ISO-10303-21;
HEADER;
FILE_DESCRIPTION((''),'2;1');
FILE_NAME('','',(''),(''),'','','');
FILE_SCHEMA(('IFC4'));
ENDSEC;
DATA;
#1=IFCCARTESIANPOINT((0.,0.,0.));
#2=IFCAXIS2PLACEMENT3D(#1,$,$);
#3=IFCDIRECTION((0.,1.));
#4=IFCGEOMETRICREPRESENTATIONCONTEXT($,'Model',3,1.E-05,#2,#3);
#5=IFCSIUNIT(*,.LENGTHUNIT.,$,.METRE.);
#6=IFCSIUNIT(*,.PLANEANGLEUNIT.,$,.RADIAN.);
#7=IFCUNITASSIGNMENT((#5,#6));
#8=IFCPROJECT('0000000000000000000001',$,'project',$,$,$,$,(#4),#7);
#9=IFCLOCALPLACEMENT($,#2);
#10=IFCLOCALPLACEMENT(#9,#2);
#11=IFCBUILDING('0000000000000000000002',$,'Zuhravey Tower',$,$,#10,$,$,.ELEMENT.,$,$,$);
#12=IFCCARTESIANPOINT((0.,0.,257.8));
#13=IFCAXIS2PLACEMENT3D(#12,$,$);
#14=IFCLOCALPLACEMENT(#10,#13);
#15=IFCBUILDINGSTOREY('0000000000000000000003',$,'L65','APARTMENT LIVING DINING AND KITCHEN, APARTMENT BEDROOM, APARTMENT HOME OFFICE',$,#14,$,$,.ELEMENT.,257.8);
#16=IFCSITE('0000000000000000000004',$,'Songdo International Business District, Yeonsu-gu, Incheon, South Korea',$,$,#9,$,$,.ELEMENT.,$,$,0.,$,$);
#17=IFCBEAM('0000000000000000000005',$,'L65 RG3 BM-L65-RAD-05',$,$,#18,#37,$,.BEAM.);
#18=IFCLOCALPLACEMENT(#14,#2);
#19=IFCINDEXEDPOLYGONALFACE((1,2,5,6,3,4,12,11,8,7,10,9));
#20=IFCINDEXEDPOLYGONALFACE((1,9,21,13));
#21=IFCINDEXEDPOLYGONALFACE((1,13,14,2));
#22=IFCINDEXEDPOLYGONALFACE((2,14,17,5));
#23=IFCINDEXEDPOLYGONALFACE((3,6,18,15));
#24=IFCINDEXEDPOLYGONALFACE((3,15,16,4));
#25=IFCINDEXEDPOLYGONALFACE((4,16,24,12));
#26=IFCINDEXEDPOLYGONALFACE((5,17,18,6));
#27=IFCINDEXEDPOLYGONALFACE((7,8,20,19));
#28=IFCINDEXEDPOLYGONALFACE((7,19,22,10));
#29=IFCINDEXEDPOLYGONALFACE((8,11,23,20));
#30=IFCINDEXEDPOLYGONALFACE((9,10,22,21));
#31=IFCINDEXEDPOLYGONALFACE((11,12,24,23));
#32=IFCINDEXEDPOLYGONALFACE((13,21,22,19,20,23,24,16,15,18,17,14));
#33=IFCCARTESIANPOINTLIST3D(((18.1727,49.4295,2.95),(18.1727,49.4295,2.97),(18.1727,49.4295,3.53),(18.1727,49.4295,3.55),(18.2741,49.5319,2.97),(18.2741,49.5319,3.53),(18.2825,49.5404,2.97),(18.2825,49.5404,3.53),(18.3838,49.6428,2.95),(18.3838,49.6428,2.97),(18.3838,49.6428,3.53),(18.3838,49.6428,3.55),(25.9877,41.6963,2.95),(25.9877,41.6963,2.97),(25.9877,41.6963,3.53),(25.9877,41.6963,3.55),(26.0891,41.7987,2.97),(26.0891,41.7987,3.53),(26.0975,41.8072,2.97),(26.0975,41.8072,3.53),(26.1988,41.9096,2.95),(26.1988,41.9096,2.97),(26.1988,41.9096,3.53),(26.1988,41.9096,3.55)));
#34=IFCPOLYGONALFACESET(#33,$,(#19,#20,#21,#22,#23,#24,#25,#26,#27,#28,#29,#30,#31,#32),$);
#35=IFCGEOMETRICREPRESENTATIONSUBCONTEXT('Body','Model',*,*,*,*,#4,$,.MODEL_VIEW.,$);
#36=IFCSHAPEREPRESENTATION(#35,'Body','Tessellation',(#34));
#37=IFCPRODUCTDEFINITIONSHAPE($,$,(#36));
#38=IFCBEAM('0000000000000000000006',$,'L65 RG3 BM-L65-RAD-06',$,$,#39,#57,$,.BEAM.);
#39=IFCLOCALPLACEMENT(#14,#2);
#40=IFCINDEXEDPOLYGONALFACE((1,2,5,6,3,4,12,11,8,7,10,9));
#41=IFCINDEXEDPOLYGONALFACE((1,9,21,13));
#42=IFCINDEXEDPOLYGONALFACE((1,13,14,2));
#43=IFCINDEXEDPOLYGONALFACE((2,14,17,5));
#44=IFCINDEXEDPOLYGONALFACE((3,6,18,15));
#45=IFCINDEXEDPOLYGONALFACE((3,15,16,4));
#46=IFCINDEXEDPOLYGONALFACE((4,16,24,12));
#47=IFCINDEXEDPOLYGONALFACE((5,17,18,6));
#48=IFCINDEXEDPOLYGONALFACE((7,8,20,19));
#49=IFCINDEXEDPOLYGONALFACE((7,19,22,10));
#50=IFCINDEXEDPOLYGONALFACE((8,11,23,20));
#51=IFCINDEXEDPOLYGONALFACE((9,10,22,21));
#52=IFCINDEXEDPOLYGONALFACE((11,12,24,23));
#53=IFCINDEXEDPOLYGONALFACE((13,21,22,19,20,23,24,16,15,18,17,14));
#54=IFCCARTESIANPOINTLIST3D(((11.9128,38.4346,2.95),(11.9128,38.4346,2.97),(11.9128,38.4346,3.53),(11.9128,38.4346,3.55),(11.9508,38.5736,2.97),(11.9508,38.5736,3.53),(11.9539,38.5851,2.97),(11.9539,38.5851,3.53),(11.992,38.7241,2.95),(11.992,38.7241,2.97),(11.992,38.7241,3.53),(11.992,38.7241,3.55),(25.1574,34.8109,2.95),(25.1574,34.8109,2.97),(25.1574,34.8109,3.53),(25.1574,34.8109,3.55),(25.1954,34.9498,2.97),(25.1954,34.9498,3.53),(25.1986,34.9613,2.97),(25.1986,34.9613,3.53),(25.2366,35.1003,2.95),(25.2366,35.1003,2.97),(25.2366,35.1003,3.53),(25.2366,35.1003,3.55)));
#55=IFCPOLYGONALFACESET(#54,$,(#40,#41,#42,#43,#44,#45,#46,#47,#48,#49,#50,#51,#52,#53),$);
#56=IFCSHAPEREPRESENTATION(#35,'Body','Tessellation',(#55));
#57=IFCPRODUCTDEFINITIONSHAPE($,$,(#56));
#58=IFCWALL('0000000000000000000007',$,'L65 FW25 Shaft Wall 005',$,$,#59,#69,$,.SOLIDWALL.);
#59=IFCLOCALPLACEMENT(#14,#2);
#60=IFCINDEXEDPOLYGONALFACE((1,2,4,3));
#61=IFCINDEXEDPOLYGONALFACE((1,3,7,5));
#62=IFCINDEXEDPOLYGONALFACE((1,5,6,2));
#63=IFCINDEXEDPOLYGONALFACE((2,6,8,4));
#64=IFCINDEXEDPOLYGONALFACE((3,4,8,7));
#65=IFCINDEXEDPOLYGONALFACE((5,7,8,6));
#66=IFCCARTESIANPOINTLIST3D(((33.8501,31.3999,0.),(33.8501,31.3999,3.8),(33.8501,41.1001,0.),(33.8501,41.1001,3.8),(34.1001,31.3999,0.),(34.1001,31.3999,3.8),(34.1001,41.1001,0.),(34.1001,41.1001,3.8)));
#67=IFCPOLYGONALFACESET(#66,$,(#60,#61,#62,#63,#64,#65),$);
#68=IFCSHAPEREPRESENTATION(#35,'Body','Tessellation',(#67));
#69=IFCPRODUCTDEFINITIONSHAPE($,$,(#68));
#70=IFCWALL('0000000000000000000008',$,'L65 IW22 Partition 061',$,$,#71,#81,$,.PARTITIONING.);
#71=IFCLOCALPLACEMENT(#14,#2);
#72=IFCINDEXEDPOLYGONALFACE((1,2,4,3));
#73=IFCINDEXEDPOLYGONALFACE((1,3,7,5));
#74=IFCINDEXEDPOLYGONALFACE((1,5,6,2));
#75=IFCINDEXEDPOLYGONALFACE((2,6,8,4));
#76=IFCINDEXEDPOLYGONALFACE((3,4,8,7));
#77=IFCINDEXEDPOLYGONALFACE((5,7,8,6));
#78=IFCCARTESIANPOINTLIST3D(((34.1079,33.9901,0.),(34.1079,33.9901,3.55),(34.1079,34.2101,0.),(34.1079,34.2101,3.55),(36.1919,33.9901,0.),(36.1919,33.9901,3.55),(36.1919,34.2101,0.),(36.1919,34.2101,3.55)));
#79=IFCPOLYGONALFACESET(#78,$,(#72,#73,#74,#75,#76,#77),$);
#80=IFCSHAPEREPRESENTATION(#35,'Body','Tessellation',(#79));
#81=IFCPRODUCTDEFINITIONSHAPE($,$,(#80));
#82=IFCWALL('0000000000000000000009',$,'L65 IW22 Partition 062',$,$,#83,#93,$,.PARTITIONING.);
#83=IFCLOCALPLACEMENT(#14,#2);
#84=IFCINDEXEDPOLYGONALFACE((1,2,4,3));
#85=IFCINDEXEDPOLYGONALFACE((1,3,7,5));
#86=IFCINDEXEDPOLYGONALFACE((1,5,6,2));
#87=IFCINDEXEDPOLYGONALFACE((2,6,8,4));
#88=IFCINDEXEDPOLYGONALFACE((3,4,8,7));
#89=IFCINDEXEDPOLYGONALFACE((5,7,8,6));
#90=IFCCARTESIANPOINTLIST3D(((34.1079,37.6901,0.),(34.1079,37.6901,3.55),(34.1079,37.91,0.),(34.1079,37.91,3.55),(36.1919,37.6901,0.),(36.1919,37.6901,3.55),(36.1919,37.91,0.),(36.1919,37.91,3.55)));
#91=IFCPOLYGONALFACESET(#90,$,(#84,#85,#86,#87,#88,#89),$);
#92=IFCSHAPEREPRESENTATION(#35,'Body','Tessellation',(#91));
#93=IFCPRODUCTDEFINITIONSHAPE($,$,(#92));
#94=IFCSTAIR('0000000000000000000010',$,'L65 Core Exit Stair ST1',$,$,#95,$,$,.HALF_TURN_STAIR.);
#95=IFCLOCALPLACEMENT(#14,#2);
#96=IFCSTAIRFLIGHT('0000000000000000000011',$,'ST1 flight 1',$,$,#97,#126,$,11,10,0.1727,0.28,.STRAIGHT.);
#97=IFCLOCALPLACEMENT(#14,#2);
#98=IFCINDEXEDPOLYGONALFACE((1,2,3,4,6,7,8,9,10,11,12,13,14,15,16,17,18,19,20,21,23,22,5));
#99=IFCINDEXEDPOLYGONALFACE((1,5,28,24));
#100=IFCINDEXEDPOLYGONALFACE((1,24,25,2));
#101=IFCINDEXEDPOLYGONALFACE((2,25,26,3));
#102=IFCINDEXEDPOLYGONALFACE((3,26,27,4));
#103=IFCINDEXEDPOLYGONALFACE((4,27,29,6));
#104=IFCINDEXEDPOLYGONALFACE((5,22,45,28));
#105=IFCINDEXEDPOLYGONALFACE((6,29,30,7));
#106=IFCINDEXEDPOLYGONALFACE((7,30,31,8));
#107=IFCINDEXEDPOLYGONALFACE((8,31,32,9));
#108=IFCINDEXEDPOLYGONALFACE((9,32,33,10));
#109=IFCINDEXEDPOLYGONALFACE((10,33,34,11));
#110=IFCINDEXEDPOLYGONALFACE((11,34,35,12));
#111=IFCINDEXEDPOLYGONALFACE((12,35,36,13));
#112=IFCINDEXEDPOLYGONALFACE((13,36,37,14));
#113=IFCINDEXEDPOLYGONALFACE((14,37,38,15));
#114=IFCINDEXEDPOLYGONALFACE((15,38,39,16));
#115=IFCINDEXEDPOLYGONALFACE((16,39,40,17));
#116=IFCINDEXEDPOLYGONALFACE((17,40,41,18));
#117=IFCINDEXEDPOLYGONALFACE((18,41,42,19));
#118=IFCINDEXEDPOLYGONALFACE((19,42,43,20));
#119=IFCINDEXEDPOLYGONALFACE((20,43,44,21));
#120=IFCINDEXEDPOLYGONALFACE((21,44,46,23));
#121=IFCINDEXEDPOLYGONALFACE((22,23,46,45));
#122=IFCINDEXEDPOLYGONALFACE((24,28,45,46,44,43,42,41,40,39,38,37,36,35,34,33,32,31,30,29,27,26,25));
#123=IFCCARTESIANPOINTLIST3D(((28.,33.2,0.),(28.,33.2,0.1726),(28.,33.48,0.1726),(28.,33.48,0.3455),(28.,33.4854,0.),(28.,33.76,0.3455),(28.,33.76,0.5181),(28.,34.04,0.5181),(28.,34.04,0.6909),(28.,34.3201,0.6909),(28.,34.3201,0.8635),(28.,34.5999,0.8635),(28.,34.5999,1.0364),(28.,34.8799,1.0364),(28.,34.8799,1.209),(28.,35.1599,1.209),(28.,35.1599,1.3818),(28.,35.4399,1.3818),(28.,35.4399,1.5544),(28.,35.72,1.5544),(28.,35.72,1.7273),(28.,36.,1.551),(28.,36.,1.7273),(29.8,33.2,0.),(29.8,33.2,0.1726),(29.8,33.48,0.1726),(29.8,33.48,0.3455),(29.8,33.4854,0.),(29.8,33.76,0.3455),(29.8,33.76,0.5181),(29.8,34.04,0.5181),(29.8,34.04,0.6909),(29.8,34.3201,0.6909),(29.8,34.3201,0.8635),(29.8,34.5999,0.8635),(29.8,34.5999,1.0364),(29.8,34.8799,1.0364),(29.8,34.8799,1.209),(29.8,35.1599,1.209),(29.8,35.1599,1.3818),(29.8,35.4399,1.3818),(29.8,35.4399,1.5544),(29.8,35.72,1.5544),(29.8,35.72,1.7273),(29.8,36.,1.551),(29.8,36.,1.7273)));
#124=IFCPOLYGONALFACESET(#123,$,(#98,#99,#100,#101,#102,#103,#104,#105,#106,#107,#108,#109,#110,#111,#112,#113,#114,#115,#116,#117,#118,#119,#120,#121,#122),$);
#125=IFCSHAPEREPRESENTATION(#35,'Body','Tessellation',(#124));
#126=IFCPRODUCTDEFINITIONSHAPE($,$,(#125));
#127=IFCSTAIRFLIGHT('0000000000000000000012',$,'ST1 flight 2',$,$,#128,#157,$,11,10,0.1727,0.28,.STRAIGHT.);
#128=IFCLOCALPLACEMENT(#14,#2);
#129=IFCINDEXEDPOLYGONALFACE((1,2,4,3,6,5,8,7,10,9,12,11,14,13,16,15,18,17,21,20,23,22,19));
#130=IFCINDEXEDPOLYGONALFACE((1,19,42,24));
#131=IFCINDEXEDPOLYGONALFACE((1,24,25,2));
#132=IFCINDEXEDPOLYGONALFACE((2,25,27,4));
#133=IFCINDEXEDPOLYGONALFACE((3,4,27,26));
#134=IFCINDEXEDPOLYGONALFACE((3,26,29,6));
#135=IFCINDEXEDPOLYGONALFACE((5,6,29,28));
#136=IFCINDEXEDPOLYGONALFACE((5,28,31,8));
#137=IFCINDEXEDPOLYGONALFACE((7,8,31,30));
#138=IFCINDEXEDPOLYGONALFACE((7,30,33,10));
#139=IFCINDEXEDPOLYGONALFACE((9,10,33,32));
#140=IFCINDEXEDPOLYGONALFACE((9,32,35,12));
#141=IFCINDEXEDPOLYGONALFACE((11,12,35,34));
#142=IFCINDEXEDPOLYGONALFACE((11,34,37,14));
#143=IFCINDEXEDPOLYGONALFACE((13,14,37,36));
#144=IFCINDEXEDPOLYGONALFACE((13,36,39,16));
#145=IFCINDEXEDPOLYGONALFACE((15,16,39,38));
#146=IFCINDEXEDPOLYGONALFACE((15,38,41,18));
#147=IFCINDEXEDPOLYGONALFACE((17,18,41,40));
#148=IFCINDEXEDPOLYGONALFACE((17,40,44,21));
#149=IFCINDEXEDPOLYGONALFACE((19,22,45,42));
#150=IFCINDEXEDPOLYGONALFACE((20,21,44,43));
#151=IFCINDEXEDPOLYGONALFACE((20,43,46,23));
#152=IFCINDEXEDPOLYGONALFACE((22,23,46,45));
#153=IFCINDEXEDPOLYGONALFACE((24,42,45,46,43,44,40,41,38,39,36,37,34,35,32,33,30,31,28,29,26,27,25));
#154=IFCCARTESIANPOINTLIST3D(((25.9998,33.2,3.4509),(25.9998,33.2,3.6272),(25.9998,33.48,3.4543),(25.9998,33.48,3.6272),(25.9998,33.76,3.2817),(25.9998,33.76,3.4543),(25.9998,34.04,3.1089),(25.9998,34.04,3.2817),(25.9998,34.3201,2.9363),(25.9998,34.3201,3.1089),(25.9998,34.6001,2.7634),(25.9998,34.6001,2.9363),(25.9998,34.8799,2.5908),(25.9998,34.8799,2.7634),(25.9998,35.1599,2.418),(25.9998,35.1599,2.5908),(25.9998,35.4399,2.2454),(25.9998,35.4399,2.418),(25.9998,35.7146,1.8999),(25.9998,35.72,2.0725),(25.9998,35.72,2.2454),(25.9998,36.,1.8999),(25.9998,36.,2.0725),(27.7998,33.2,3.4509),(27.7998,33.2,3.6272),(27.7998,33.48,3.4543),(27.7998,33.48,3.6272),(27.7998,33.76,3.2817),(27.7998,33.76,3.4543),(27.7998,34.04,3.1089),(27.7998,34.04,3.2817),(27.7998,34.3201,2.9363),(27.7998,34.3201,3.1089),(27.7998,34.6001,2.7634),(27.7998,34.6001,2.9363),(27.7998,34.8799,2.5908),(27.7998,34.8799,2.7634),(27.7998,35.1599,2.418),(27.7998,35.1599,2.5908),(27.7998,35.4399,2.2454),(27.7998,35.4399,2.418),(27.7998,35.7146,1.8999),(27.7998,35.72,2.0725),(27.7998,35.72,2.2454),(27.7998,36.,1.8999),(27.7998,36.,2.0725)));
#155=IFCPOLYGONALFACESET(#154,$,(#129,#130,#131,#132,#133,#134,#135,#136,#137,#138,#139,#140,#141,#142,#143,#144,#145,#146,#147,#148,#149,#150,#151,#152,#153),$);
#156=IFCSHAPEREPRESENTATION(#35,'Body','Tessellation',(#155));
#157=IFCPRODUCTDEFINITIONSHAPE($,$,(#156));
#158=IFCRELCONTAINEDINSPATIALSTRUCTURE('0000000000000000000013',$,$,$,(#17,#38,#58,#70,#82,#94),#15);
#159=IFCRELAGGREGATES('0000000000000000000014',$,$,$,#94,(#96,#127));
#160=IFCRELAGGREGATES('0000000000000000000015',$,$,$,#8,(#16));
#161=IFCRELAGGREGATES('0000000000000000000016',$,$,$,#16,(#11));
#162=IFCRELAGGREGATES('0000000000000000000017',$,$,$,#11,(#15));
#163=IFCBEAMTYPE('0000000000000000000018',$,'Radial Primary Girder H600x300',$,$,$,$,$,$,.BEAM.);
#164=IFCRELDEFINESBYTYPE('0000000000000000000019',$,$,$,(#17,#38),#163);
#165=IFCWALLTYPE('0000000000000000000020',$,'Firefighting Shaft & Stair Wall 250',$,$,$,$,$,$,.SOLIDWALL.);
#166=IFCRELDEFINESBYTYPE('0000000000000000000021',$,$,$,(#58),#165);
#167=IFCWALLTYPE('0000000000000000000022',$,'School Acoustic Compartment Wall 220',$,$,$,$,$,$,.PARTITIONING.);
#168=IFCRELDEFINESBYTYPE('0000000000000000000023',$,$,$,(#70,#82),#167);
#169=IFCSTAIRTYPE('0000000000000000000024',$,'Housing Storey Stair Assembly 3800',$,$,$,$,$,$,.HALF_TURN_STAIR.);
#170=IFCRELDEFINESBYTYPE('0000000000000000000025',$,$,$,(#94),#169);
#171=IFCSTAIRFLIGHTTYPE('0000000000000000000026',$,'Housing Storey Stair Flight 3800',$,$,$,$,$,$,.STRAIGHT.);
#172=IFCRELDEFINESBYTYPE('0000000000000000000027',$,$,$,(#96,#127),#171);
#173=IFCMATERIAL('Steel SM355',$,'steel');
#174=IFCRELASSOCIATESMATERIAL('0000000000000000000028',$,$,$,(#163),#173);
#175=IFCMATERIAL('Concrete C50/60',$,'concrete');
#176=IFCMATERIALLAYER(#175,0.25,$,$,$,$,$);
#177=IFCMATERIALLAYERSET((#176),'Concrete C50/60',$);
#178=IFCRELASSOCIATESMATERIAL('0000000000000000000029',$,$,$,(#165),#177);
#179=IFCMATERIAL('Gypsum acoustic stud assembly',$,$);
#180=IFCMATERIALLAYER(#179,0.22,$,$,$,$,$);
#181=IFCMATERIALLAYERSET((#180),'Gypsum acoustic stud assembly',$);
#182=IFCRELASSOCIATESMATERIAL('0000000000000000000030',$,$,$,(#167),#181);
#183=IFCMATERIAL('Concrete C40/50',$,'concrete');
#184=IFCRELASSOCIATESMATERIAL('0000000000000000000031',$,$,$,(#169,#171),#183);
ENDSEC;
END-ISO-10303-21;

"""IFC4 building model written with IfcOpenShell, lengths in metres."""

from ifc_helpers import new_model, si_unit, direction, frame, frame_2d, origin, origin_2d, place, context, subcontext, project, spatial, polyline, rectangle, i_section, outline, extrude, material, layer, layer_set, material_profile, profile_set, type_object, element, aggregate, save


model = new_model("IFC4")

# Units and contexts
model_context = context("Model", 3, precision=1e-05, world=origin(), true_north=direction((0.0, 1.0)))
body_context = subcontext(model_context, "Body", "Model", "MODEL_VIEW")
ifc_project = project(units=[si_unit("LENGTHUNIT", "METRE"), si_unit("PLANEANGLEUNIT", "RADIAN")], contexts=[model_context])

# Site, building, storey
site_placement = place(None, origin())
site = spatial("IfcSite", under=ifc_project, at=site_placement, Name="Songdo International Business District, Yeonsu-gu, Incheon, South Korea", CompositionType="ELEMENT", RefElevation=0.0)
building_placement = place(site_placement, origin())
building = spatial("IfcBuilding", under=site, at=building_placement, Name="Zuhravey Tower", CompositionType="ELEMENT")
storey_placement = place(building_placement, frame((0.0, 0.0, 257.8)))
storey = spatial("IfcBuildingStorey", under=building, at=storey_placement, Name="L65", Description="APARTMENT LIVING DINING AND KITCHEN, APARTMENT BEDROOM, APARTMENT HOME OFFICE", CompositionType="ELEMENT", Elevation=257.8)

# Beams
ifc_material_1 = material(Name="Steel SM355", Category="steel")
ifc_material_profile = material_profile(ifc_material_1, i_section(OverallWidth=0.3, OverallDepth=0.6001, WebThickness=0.012, FlangeThickness=0.02, at=origin_2d()), Name="H-600x300x12x20")
ifc_profile_set = profile_set([ifc_material_profile], Name="Steel SM355")
beam_type = type_object("IfcBeamType", Name="Radial Primary Girder H600x300", PredefinedType="BEAM", material=ifc_profile_set)
beam_1_placement = place(storey_placement, frame((26.0933, 41.803, 3.25), z_axis=(-0.710817, 0.703377, 0.0), x_axis=(-0.703377, -0.710817, 0.0)))
element("IfcBeam", 1, at=beam_1_placement, inside=storey, type_object=beam_type, Name="L65 RG3 BM-L65-RAD-05", PredefinedType="BEAM", context=body_context, shape_type="SweptSolid", body=[
    extrude(i_section(OverallWidth=0.3, OverallDepth=0.6001, WebThickness=0.012, FlangeThickness=0.02, at=origin_2d()), origin(), (0.0, 0.0, 1.0), 10.9944),
])
beam_2_placement = place(storey_placement, frame((25.197, 34.9556, 3.25), z_axis=(-0.964549, 0.263904, 0.0), x_axis=(-0.263904, -0.964549, 0.0)))
element("IfcBeam", 2, at=beam_2_placement, inside=storey, type_object=beam_type, Name="L65 RG3 BM-L65-RAD-06", PredefinedType="BEAM", context=body_context, shape_type="SweptSolid", body=[
    extrude(i_section(OverallWidth=0.3, OverallDepth=0.6001, WebThickness=0.012, FlangeThickness=0.02, at=origin_2d()), origin(), (0.0, 0.0, 1.0), 13.7314),
])

# Walls
ifc_material_2 = material(Name="Concrete C50/60", Category="concrete")
ifc_layer_1 = layer(ifc_material_2, 0.25)
ifc_layer_set_1 = layer_set([ifc_layer_1], Name="Concrete C50/60")
wall_type_1 = type_object("IfcWallType", Name="Firefighting Shaft & Stair Wall 250", PredefinedType="SOLIDWALL", material=ifc_layer_set_1)
wall_placement = place(storey_placement, frame((33.9751, 31.3999, 0.0), z_axis=(0.0, 0.0, 1.0), x_axis=(0.0, 1.0, 0.0)))
element("IfcWall", 3, at=wall_placement, inside=storey, type_object=wall_type_1, Name="L65 FW25 Shaft Wall 005", PredefinedType="SOLIDWALL", context=body_context, shape_type="SweptSolid", body=[
    extrude(rectangle(XDim=9.7002, YDim=0.25, at=frame_2d((4.8501, 0.0))), origin(), (0.0, 0.0, 1.0), 3.8),
])
ifc_material_3 = material(Name="Gypsum acoustic stud assembly")
ifc_layer_2 = layer(ifc_material_3, 0.22)
ifc_layer_set_2 = layer_set([ifc_layer_2], Name="Gypsum acoustic stud assembly")
wall_type_2 = type_object("IfcWallType", Name="School Acoustic Compartment Wall 220", PredefinedType="PARTITIONING", material=ifc_layer_set_2)
for number, where, z_axis, x_axis, name in (
    (4, (34.1079, 34.1001, 0.0), (0.0, 0.0, 1.0), (1.0, 0.0, 0.0), "L65 IW22 Partition 061"),
    (5, (34.1079, 37.8, 0.0), (0.0, 0.0, 1.0), (1.0, 0.0, 0.0), "L65 IW22 Partition 062"),
):
    element("IfcWall", number, at=place(storey_placement, frame(where, z_axis=z_axis, x_axis=x_axis)), inside=storey, type_object=wall_type_2, Name=name, PredefinedType="PARTITIONING", context=body_context, shape_type="SweptSolid", body=[
        extrude(rectangle(XDim=2.084, YDim=0.22, at=frame_2d((1.042, 0.0))), origin(), (0.0, 0.0, 1.0), 3.55),
    ])

# Stair, stair flights
ifc_material_4 = material(Name="Concrete C40/50", Category="concrete")
stair_type = type_object("IfcStairType", Name="Housing Storey Stair Assembly 3800", PredefinedType="HALF_TURN_STAIR", material=ifc_material_4)
stair_1_placement = place(storey_placement, origin())
stair_1 = element("IfcStair", 6, at=stair_1_placement, inside=storey, type_object=stair_type, Name="L65 Core Exit Stair ST1", PredefinedType="HALF_TURN_STAIR")
stair_flight_type = type_object("IfcStairFlightType", Name="Housing Storey Stair Flight 3800", PredefinedType="STRAIGHT", material=ifc_material_4)
stair_flight_1_placement = place(storey_placement, frame((28.8999, 33.2, 0.0), z_axis=(0.0, 0.0, 1.0), x_axis=(0.0, 1.0, 0.0)))
stair_flight_1 = element("IfcStairFlight", 7, at=stair_flight_1_placement, type_object=stair_flight_type, Name="ST1 flight 1", NumberOfRisers=11, NumberOfTreads=10, PredefinedType="STRAIGHT", RiserHeight=0.1727, TreadLength=0.28, context=body_context, shape_type="SweptSolid", body=[
    extrude(outline(polyline([(0.0, 0.0), (0.0, 0.1726), (0.28, 0.1726), (0.28, 0.3455), (0.5601, 0.3455), (0.5601, 0.5181), (0.8401, 0.5181), (0.8401, 0.6909), (1.1201, 0.6909), (1.1201, 0.8635), (1.3999, 0.8635), (1.3999, 1.0364), (1.6799, 1.0364), (1.6799, 1.209), (1.96, 1.209), (1.96, 1.3818), (2.24, 1.3818), (2.24, 1.5544), (2.52, 1.5544), (2.52, 1.7273), (2.8, 1.7273), (2.8, 1.8999), (2.8, 1.551), (0.2854, 0.0), (0.0, 0.0)])), frame((0.0, 0.8999, 0.0), z_axis=(0.0, -1.0, 0.0), x_axis=(1.0, 0.0, 0.0)), (0.0, 0.0, 1.0), 1.8),
])
stair_flight_2_placement = place(storey_placement, frame((26.8999, 36.0, 1.8999), z_axis=(0.0, 0.0, 1.0), x_axis=(0.0, -1.0, 0.0)))
stair_flight_2 = element("IfcStairFlight", 8, at=stair_flight_2_placement, type_object=stair_flight_type, Name="ST1 flight 2", NumberOfRisers=11, NumberOfTreads=10, PredefinedType="STRAIGHT", RiserHeight=0.1727, TreadLength=0.28, context=body_context, shape_type="SweptSolid", body=[
    extrude(outline(polyline([(0.0, 0.0), (0.0, 0.1726), (0.28, 0.1726), (0.28, 0.3455), (0.5601, 0.3455), (0.5601, 0.5181), (0.8401, 0.5181), (0.8401, 0.6909), (1.1201, 0.6909), (1.1201, 0.8635), (1.3999, 0.8635), (1.3999, 1.0364), (1.6799, 1.0364), (1.6799, 1.209), (1.96, 1.209), (1.96, 1.3818), (2.24, 1.3818), (2.24, 1.5544), (2.52, 1.5544), (2.52, 1.7273), (2.8, 1.7273), (2.8, 1.8999), (2.8, 1.551), (0.2854, 0.0), (0.0, 0.0)])), frame((0.0, 0.8999, 0.0), z_axis=(0.0, -1.0, 0.0), x_axis=(1.0, 0.0, 0.0)), (0.0, 0.0, 1.0), 1.8),
])
aggregate(stair_1, [stair_flight_1, stair_flight_2])

save(model, "model.ifc")
